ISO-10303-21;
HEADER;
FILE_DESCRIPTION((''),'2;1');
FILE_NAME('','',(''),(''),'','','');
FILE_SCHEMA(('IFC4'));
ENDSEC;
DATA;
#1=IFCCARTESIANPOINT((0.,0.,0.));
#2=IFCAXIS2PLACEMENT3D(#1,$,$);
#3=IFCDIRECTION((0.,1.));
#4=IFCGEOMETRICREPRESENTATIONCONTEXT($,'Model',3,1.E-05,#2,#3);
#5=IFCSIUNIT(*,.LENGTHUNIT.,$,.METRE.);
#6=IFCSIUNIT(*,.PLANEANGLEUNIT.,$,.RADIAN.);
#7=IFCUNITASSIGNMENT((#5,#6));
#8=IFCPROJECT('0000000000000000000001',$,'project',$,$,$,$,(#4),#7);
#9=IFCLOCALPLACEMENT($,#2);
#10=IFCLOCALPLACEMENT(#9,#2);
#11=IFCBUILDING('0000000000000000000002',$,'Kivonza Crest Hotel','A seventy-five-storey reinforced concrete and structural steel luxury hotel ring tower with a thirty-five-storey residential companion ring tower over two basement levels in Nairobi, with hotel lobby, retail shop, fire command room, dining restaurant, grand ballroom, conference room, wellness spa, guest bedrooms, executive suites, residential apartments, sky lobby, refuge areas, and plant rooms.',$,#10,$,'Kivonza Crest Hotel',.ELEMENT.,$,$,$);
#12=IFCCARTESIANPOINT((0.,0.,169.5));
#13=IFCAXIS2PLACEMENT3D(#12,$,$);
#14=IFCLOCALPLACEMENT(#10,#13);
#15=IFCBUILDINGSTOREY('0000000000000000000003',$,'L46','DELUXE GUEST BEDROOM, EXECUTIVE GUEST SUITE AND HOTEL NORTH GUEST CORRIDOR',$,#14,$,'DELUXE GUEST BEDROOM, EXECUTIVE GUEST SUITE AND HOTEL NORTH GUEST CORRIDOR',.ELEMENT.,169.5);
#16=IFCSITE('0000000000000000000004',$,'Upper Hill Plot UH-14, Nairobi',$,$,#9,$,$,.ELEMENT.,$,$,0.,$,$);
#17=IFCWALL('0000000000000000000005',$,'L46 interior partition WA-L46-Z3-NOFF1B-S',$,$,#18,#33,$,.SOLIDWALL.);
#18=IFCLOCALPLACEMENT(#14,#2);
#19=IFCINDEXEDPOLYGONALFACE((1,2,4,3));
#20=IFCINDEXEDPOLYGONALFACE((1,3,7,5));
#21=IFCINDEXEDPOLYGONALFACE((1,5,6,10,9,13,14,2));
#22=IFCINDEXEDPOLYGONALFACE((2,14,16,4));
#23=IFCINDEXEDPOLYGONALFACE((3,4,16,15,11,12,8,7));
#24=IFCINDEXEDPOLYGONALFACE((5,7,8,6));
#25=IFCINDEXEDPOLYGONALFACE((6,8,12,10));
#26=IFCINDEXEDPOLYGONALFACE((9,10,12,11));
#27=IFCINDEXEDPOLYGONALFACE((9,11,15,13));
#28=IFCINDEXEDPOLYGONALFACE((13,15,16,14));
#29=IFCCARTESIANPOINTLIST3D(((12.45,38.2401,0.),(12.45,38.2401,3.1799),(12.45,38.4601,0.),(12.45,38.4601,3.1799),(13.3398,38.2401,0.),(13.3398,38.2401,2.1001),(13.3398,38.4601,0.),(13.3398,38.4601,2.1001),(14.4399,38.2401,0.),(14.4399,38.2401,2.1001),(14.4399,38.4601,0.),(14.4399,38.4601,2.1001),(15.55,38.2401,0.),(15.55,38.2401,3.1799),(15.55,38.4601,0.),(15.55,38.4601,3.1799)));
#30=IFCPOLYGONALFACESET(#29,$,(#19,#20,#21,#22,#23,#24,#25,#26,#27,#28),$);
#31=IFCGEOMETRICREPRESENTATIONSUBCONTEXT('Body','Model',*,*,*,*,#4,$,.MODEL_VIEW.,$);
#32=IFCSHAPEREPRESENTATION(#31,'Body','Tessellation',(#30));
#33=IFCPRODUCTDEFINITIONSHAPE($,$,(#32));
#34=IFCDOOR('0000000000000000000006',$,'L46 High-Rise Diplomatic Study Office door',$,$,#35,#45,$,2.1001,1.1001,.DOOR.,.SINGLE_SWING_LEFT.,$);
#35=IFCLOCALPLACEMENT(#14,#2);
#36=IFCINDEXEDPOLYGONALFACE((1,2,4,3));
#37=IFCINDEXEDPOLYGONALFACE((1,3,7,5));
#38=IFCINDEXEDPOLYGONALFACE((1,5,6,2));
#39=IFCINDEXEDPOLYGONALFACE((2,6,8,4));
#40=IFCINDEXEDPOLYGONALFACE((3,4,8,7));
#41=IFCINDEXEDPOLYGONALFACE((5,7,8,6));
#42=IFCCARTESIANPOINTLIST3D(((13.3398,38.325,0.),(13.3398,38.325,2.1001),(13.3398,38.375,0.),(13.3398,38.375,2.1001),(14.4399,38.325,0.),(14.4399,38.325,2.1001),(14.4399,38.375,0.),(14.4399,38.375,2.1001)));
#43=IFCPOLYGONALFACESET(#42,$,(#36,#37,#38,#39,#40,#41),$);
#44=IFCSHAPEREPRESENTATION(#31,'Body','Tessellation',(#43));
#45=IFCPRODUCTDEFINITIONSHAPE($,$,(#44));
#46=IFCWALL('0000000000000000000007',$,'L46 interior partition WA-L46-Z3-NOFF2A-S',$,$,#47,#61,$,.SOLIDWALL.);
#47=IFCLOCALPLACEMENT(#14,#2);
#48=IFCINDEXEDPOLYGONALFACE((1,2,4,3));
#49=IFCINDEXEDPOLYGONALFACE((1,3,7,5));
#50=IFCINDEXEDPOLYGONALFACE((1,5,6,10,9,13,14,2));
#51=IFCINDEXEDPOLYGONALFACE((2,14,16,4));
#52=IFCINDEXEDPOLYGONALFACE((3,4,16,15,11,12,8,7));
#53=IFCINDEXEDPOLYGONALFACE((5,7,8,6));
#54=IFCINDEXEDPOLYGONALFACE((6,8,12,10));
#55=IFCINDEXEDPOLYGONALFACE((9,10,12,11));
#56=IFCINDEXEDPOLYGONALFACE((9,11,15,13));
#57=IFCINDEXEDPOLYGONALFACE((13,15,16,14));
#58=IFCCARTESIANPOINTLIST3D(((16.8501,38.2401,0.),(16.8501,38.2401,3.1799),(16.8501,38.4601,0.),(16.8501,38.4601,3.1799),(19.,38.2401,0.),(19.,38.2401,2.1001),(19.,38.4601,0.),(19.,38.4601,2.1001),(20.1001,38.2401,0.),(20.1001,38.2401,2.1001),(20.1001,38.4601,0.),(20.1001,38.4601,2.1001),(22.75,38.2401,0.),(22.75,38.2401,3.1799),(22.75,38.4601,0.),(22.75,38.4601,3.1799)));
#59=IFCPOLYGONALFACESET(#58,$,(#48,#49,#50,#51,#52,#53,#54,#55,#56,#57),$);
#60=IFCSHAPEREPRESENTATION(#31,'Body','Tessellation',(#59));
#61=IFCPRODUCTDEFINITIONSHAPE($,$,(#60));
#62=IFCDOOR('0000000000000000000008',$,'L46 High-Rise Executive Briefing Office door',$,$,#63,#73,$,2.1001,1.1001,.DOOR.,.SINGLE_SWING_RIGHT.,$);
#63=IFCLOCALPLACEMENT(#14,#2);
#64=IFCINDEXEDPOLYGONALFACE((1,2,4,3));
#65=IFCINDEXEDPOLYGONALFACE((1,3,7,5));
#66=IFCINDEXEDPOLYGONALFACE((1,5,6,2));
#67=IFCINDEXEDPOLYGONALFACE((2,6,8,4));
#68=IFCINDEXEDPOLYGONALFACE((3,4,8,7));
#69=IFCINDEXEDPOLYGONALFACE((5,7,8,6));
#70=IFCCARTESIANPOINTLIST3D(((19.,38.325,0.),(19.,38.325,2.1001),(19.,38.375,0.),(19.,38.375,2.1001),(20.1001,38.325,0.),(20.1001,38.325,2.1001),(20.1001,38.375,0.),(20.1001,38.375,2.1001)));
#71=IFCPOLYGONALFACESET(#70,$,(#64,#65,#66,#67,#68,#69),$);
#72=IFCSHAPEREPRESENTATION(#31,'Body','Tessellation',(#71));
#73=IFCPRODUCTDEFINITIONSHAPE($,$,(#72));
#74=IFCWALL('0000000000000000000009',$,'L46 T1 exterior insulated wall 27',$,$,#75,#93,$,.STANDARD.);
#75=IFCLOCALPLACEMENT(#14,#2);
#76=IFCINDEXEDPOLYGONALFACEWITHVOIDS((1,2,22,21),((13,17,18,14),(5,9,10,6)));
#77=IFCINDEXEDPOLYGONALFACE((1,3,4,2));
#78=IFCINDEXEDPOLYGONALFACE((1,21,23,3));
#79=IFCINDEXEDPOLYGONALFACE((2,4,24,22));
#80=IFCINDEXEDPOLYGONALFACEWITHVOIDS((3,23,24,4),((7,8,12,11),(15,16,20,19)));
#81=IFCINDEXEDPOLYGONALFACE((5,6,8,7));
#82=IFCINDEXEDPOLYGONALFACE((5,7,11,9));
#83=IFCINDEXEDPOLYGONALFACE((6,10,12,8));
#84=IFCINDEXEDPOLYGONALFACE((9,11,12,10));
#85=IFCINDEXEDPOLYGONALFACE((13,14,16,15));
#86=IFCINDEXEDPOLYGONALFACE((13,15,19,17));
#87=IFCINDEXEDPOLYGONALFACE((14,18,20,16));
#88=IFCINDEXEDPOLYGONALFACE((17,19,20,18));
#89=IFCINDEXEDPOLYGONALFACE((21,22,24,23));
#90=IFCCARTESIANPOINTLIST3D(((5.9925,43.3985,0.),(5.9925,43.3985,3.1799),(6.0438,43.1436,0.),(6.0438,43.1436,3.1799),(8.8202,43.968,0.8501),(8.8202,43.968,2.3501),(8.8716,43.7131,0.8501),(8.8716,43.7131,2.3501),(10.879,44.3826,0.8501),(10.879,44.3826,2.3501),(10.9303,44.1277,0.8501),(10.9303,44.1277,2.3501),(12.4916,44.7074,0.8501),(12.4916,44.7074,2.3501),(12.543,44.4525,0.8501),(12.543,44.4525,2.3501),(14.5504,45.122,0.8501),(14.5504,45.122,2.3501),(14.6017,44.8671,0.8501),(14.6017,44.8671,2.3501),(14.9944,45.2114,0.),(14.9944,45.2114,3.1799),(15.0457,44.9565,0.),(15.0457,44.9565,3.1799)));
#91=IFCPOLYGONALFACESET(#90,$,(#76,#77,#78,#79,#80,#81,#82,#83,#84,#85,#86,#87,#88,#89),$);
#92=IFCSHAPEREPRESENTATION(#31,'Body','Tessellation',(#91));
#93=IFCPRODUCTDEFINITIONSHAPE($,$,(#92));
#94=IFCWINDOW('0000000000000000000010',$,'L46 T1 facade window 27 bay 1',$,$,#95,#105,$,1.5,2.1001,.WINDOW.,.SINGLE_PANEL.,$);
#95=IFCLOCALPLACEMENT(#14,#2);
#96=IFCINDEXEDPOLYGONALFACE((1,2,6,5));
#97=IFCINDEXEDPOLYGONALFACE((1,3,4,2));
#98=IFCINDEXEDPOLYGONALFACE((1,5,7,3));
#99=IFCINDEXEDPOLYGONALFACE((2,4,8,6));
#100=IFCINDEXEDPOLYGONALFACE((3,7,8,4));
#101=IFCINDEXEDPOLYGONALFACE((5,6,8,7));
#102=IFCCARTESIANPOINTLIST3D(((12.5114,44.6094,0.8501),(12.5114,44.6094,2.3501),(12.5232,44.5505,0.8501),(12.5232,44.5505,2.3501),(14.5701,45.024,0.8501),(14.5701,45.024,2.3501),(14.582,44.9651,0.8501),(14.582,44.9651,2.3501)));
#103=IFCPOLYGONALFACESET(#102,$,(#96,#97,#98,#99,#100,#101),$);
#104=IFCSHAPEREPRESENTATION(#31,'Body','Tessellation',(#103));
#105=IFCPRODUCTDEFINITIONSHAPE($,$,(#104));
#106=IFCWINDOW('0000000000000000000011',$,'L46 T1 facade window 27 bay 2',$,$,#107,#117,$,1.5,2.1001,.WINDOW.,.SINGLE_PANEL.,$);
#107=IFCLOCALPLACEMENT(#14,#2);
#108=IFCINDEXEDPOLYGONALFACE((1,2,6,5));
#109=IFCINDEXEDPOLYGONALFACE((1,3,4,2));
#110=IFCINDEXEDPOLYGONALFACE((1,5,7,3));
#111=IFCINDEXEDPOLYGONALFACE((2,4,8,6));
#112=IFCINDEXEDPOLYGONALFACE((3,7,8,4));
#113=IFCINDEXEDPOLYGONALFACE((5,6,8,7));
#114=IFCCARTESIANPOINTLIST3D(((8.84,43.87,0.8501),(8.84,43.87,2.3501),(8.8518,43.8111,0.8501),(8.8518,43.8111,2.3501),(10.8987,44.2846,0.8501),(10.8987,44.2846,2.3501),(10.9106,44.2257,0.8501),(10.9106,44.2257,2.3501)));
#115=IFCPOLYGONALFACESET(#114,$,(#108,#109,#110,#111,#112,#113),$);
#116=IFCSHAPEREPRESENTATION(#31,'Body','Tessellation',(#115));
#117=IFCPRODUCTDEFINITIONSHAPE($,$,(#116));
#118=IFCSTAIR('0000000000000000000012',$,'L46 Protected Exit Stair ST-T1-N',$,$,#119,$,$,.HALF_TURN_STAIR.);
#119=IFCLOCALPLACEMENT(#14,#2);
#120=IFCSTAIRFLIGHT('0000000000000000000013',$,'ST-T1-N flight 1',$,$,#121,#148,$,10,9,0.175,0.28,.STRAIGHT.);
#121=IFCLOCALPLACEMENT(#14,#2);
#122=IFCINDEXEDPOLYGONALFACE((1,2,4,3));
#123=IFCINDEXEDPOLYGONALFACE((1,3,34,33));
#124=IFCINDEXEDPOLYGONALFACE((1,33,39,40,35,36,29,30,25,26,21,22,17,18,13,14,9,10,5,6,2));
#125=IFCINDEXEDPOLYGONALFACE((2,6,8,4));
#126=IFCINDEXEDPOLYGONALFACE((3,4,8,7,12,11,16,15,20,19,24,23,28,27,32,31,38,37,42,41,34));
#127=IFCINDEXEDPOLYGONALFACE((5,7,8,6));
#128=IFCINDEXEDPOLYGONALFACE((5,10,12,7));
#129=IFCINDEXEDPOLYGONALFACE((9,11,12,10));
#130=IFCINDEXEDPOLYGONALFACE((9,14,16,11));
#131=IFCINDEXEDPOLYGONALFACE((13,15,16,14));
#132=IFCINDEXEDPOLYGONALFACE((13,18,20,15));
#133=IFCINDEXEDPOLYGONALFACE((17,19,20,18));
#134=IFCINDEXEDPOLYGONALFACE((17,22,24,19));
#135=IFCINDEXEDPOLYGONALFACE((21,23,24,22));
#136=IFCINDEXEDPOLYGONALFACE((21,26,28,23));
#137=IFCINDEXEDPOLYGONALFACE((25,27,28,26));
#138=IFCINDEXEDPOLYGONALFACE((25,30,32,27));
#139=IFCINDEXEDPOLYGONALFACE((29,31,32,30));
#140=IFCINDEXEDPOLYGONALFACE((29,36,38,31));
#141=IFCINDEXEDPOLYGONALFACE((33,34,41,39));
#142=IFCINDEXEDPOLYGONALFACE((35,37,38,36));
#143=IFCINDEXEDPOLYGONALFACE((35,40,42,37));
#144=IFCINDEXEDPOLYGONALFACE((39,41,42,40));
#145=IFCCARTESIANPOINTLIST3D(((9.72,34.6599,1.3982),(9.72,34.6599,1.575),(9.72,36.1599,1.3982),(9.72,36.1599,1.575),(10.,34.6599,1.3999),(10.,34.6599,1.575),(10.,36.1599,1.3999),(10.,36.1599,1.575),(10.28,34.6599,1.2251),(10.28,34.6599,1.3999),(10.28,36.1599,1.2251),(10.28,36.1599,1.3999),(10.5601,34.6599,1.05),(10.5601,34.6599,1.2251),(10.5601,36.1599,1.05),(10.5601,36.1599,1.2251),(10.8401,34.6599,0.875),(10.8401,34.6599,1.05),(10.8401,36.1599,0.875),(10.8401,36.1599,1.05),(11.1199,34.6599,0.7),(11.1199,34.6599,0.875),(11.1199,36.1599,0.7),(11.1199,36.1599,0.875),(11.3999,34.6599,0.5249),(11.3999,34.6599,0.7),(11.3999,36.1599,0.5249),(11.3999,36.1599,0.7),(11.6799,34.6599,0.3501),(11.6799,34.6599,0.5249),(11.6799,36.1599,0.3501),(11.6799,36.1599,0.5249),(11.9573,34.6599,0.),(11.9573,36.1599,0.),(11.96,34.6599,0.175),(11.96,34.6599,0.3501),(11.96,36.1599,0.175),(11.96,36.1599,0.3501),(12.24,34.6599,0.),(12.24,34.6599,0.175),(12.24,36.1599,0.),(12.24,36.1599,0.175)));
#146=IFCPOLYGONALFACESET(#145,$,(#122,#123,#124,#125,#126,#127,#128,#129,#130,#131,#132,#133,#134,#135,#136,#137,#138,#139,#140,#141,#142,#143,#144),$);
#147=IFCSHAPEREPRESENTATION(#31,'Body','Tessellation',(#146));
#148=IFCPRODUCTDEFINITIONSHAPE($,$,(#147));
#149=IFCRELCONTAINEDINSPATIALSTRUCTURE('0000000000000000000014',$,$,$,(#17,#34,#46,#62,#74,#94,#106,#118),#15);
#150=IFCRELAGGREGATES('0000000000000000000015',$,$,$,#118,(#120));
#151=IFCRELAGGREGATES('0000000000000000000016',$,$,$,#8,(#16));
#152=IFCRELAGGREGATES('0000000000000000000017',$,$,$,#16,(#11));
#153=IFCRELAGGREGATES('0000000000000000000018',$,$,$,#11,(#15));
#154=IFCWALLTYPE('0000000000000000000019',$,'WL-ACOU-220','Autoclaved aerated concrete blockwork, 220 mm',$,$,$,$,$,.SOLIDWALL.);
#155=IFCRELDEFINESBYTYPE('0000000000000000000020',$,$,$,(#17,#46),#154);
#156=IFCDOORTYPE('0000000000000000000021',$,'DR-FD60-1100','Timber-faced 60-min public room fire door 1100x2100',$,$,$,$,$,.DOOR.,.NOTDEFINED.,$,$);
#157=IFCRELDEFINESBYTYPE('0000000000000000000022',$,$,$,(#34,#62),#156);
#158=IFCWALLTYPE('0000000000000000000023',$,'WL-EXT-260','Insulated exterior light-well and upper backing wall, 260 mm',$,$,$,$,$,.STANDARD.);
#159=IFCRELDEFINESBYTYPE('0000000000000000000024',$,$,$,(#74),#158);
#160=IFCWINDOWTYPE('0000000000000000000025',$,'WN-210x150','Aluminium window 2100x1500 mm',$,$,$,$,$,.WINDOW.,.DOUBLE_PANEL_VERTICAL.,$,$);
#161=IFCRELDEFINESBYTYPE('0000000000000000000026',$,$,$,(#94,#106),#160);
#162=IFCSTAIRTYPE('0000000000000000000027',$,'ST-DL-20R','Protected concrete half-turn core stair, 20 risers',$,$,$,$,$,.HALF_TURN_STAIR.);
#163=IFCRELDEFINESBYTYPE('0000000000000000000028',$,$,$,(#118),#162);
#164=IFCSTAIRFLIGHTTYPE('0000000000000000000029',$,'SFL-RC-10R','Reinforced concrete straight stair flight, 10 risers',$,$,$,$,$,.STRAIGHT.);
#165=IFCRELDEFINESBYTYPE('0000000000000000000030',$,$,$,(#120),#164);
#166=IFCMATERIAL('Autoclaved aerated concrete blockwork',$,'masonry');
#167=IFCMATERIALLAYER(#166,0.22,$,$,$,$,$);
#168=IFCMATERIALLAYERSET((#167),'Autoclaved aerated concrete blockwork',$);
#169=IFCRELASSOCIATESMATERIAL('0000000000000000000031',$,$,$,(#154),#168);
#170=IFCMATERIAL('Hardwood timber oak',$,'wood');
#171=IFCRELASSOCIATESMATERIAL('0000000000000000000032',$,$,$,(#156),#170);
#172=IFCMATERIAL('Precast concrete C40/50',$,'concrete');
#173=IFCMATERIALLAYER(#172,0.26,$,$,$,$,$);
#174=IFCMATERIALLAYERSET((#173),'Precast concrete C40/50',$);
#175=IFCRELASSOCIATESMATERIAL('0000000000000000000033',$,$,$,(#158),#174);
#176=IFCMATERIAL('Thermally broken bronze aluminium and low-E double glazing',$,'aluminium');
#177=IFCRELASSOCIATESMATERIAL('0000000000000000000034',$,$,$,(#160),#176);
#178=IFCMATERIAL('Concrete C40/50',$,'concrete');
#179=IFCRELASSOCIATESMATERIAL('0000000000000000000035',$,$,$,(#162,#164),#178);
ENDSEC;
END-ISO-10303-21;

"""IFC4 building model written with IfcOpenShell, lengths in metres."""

from ifc_helpers import new_model, si_unit, direction, frame, frame_2d, origin, place, context, subcontext, project, spatial, polyline, rectangle, outline, extrude, material, layer, layer_set, type_object, element, fill, aggregate, save


model = new_model("IFC4")

# Units and contexts
model_context = context("Model", 3, precision=1e-05, world=origin(), true_north=direction((0.0, 1.0)))
body_context = subcontext(model_context, "Body", "Model", "MODEL_VIEW")
ifc_project = project(units=[si_unit("LENGTHUNIT", "METRE"), si_unit("PLANEANGLEUNIT", "RADIAN")], contexts=[model_context])

# Site, building, storey
site_placement = place(None, origin())
site = spatial("IfcSite", under=ifc_project, at=site_placement, Name="Upper Hill Plot UH-14, Nairobi", CompositionType="ELEMENT", RefElevation=0.0)
building_placement = place(site_placement, origin())
building = spatial("IfcBuilding", under=site, at=building_placement, Name="Kivonza Crest Hotel", Description="A seventy-five-storey reinforced concrete and structural steel luxury hotel ring tower with a thirty-five-storey residential companion ring tower over two basement levels in Nairobi, with hotel lobby, retail shop, fire command room, dining restaurant, grand ballroom, conference room, wellness spa, guest bedrooms, executive suites, residential apartments, sky lobby, refuge areas, and plant rooms.", LongName="Kivonza Crest Hotel", CompositionType="ELEMENT")
storey_placement = place(building_placement, frame((0.0, 0.0, 169.5)))
storey = spatial("IfcBuildingStorey", under=building, at=storey_placement, Name="L46", Description="DELUXE GUEST BEDROOM, EXECUTIVE GUEST SUITE AND HOTEL NORTH GUEST CORRIDOR", LongName="DELUXE GUEST BEDROOM, EXECUTIVE GUEST SUITE AND HOTEL NORTH GUEST CORRIDOR", CompositionType="ELEMENT", Elevation=169.5)

# Walls, openings, doors
ifc_material_1 = material(Name="Autoclaved aerated concrete blockwork", Category="masonry")
ifc_layer_1 = layer(ifc_material_1, 0.22)
ifc_layer_set_1 = layer_set([ifc_layer_1], Name="Autoclaved aerated concrete blockwork")
wall_type_1 = type_object("IfcWallType", Name="WL-ACOU-220", Description="Autoclaved aerated concrete blockwork, 220 mm", PredefinedType="SOLIDWALL", material=ifc_layer_set_1)
ifc_material_2 = material(Name="Hardwood timber oak", Category="wood")
door_type = type_object("IfcDoorType", Name="DR-FD60-1100", Description="Timber-faced 60-min public room fire door 1100x2100", OperationType="NOTDEFINED", PredefinedType="DOOR", material=ifc_material_2)
wall_1_placement = place(storey_placement, frame((12.45, 38.3501, 0.0), z_axis=(0.0, 0.0, 1.0), x_axis=(1.0, 0.0, 0.0)))
wall_1 = element("IfcWall", 1, at=wall_1_placement, inside=storey, type_object=wall_type_1, Name="L46 interior partition WA-L46-Z3-NOFF1B-S", PredefinedType="SOLIDWALL", context=body_context, shape_type="SweptSolid", body=[
    extrude(rectangle(XDim=3.1001, YDim=0.22, at=frame_2d((1.55, 0.0))), origin(), (0.0, 0.0, 1.0), 3.1799),
])
opening_1_placement = place(wall_1_placement, frame((0.8899, 0.0, 0.0)))
opening_1 = element("IfcOpeningElement", 2, at=opening_1_placement, cuts=wall_1, PredefinedType="OPENING", context=body_context, shape_type="SweptSolid", body=[
    extrude(rectangle(XDim=1.1001, YDim=2.1001, at=frame_2d((0.55, 1.05))), frame((0.0, 0.1201, 0.0), z_axis=(0.0, -1.0, 0.0), x_axis=(1.0, 0.0, 0.0)), (0.0, 0.0, 1.0), 0.24),
])
door_1_placement = place(opening_1_placement, origin())
door_1 = element("IfcDoor", 3, at=door_1_placement, inside=storey, type_object=door_type, Name="L46 High-Rise Diplomatic Study Office door", OperationType="SINGLE_SWING_LEFT", OverallHeight=2.1001, OverallWidth=1.1001, PredefinedType="DOOR", context=body_context, shape_type="SweptSolid", body=[
    extrude(rectangle(XDim=1.1001, YDim=2.1001, at=frame_2d((0.55, 1.05))), frame((0.0, 0.0249, 0.0), z_axis=(0.0, -1.0, 0.0), x_axis=(1.0, 0.0, 0.0)), (0.0, 0.0, 1.0), 0.05),
])
fill(opening_1, door_1)
wall_2_placement = place(storey_placement, frame((16.8501, 38.3501, 0.0), z_axis=(0.0, 0.0, 1.0), x_axis=(1.0, 0.0, 0.0)))
wall_2 = element("IfcWall", 4, at=wall_2_placement, inside=storey, type_object=wall_type_1, Name="L46 interior partition WA-L46-Z3-NOFF2A-S", PredefinedType="SOLIDWALL", context=body_context, shape_type="SweptSolid", body=[
    extrude(rectangle(XDim=5.8999, YDim=0.22, at=frame_2d((2.95, 0.0))), origin(), (0.0, 0.0, 1.0), 3.1799),
])
opening_2_placement = place(wall_2_placement, frame((2.1499, 0.0, 0.0)))
opening_2 = element("IfcOpeningElement", 5, at=opening_2_placement, cuts=wall_2, PredefinedType="OPENING", context=body_context, shape_type="SweptSolid", body=[
    extrude(rectangle(XDim=1.1001, YDim=2.1001, at=frame_2d((0.55, 1.05))), frame((0.0, 0.1201, 0.0), z_axis=(0.0, -1.0, 0.0), x_axis=(1.0, 0.0, 0.0)), (0.0, 0.0, 1.0), 0.24),
])
door_2_placement = place(opening_2_placement, origin())
door_2 = element("IfcDoor", 6, at=door_2_placement, inside=storey, type_object=door_type, Name="L46 High-Rise Executive Briefing Office door", OperationType="SINGLE_SWING_RIGHT", OverallHeight=2.1001, OverallWidth=1.1001, PredefinedType="DOOR", context=body_context, shape_type="SweptSolid", body=[
    extrude(rectangle(XDim=1.1001, YDim=2.1001, at=frame_2d((0.55, 1.05))), frame((0.0, 0.0249, 0.0), z_axis=(0.0, -1.0, 0.0), x_axis=(1.0, 0.0, 0.0)), (0.0, 0.0, 1.0), 0.05),
])
fill(opening_2, door_2)

# Wall, openings, windows
ifc_material_3 = material(Name="Precast concrete C40/50", Category="concrete")
ifc_layer_2 = layer(ifc_material_3, 0.26)
ifc_layer_set_2 = layer_set([ifc_layer_2], Name="Precast concrete C40/50")
wall_type_2 = type_object("IfcWallType", Name="WL-EXT-260", Description="Insulated exterior light-well and upper backing wall, 260 mm", PredefinedType="STANDARD", material=ifc_layer_set_2)
wall_3_placement = place(storey_placement, frame((15.02, 45.084, 0.0), z_axis=(0.0, 0.0, 1.0), x_axis=(-0.980316, -0.197435, 0.0)))
wall_3 = element("IfcWall", 7, at=wall_3_placement, inside=storey, type_object=wall_type_2, Name="L46 T1 exterior insulated wall 27", PredefinedType="STANDARD", context=body_context, shape_type="SweptSolid", body=[
    extrude(rectangle(XDim=9.1826, YDim=0.26, at=frame_2d((4.5913, 0.0))), origin(), (0.0, 0.0, 1.0), 3.1799),
])
opening_3_placement = place(wall_3_placement, frame((0.4529, 0.0, 0.8501)))
opening_3 = element("IfcOpeningElement", 8, at=opening_3_placement, cuts=wall_3, PredefinedType="OPENING", context=body_context, shape_type="SweptSolid", body=[
    extrude(rectangle(XDim=2.1001, YDim=1.5, at=frame_2d((1.05, 0.75))), frame((0.0, 0.1401, 0.0), z_axis=(0.0, -1.0, 0.0), x_axis=(1.0, 0.0, 0.0)), (0.0, 0.0, 1.0), 0.28),
])
opening_4_placement = place(wall_3_placement, frame((4.198, 0.0, 0.8501)))
opening_4 = element("IfcOpeningElement", 9, at=opening_4_placement, cuts=wall_3, PredefinedType="OPENING", context=body_context, shape_type="SweptSolid", body=[
    extrude(rectangle(XDim=2.1001, YDim=1.5, at=frame_2d((1.05, 0.75))), frame((0.0, 0.1401, 0.0), z_axis=(0.0, -1.0, 0.0), x_axis=(1.0, 0.0, 0.0)), (0.0, 0.0, 1.0), 0.28),
])
ifc_material_4 = material(Name="Thermally broken bronze aluminium and low-E double glazing", Category="aluminium")
window_type = type_object("IfcWindowType", Name="WN-210x150", Description="Aluminium window 2100x1500 mm", PartitioningType="DOUBLE_PANEL_VERTICAL", PredefinedType="WINDOW", material=ifc_material_4)
window_1_placement = place(opening_3_placement, origin())
window_1 = element("IfcWindow", 10, at=window_1_placement, inside=storey, type_object=window_type, Name="L46 T1 facade window 27 bay 1", OverallHeight=1.5, OverallWidth=2.1001, PartitioningType="SINGLE_PANEL", PredefinedType="WINDOW", context=body_context, shape_type="SweptSolid", body=[
    extrude(rectangle(XDim=2.1001, YDim=1.5, at=frame_2d((1.05, 0.75))), frame((0.0, 0.03, 0.0), z_axis=(0.0, -1.0, 0.0), x_axis=(1.0, 0.0, 0.0)), (0.0, 0.0, 1.0), 0.0601),
])
fill(opening_3, window_1)
window_2_placement = place(opening_4_placement, origin())
window_2 = element("IfcWindow", 11, at=window_2_placement, inside=storey, type_object=window_type, Name="L46 T1 facade window 27 bay 2", OverallHeight=1.5, OverallWidth=2.1001, PartitioningType="SINGLE_PANEL", PredefinedType="WINDOW", context=body_context, shape_type="SweptSolid", body=[
    extrude(rectangle(XDim=2.1001, YDim=1.5, at=frame_2d((1.05, 0.75))), frame((0.0, 0.03, 0.0), z_axis=(0.0, -1.0, 0.0), x_axis=(1.0, 0.0, 0.0)), (0.0, 0.0, 1.0), 0.0601),
])
fill(opening_4, window_2)

# Stair, stair flight
ifc_material_5 = material(Name="Concrete C40/50", Category="concrete")
stair_type = type_object("IfcStairType", Name="ST-DL-20R", Description="Protected concrete half-turn core stair, 20 risers", PredefinedType="HALF_TURN_STAIR", material=ifc_material_5)
stair_placement = place(storey_placement, origin())
stair = element("IfcStair", 12, at=stair_placement, inside=storey, type_object=stair_type, Name="L46 Protected Exit Stair ST-T1-N", PredefinedType="HALF_TURN_STAIR")
stair_flight_type = type_object("IfcStairFlightType", Name="SFL-RC-10R", Description="Reinforced concrete straight stair flight, 10 risers", PredefinedType="STRAIGHT", material=ifc_material_5)
stair_flight_placement = place(storey_placement, frame((12.24, 35.4099, 0.0), z_axis=(0.0, 0.0, 1.0), x_axis=(-1.0, 0.0, 0.0)))
stair_flight = element("IfcStairFlight", 13, at=stair_flight_placement, type_object=stair_flight_type, Name="ST-T1-N flight 1", NumberOfRisers=10, NumberOfTreads=9, PredefinedType="STRAIGHT", RiserHeight=0.175, TreadLength=0.28, context=body_context, shape_type="SweptSolid", body=[
    extrude(outline(polyline([(0.0, 0.0), (0.0, 0.175), (0.28, 0.175), (0.28, 0.3501), (0.5601, 0.3501), (0.5601, 0.5249), (0.8401, 0.5249), (0.8401, 0.7), (1.1201, 0.7), (1.1201, 0.875), (1.3999, 0.875), (1.3999, 1.05), (1.6799, 1.05), (1.6799, 1.2251), (1.96, 1.2251), (1.96, 1.3999), (2.24, 1.3999), (2.24, 1.575), (2.52, 1.575), (2.52, 1.75), (2.52, 1.3982), (0.2827, 0.0), (0.0, 0.0)])), frame((0.0, 0.75, 0.0), z_axis=(0.0, -1.0, 0.0), x_axis=(1.0, 0.0, 0.0)), (0.0, 0.0, 1.0), 1.5),
])
aggregate(stair, [stair_flight])

save(model, "model.ifc")
